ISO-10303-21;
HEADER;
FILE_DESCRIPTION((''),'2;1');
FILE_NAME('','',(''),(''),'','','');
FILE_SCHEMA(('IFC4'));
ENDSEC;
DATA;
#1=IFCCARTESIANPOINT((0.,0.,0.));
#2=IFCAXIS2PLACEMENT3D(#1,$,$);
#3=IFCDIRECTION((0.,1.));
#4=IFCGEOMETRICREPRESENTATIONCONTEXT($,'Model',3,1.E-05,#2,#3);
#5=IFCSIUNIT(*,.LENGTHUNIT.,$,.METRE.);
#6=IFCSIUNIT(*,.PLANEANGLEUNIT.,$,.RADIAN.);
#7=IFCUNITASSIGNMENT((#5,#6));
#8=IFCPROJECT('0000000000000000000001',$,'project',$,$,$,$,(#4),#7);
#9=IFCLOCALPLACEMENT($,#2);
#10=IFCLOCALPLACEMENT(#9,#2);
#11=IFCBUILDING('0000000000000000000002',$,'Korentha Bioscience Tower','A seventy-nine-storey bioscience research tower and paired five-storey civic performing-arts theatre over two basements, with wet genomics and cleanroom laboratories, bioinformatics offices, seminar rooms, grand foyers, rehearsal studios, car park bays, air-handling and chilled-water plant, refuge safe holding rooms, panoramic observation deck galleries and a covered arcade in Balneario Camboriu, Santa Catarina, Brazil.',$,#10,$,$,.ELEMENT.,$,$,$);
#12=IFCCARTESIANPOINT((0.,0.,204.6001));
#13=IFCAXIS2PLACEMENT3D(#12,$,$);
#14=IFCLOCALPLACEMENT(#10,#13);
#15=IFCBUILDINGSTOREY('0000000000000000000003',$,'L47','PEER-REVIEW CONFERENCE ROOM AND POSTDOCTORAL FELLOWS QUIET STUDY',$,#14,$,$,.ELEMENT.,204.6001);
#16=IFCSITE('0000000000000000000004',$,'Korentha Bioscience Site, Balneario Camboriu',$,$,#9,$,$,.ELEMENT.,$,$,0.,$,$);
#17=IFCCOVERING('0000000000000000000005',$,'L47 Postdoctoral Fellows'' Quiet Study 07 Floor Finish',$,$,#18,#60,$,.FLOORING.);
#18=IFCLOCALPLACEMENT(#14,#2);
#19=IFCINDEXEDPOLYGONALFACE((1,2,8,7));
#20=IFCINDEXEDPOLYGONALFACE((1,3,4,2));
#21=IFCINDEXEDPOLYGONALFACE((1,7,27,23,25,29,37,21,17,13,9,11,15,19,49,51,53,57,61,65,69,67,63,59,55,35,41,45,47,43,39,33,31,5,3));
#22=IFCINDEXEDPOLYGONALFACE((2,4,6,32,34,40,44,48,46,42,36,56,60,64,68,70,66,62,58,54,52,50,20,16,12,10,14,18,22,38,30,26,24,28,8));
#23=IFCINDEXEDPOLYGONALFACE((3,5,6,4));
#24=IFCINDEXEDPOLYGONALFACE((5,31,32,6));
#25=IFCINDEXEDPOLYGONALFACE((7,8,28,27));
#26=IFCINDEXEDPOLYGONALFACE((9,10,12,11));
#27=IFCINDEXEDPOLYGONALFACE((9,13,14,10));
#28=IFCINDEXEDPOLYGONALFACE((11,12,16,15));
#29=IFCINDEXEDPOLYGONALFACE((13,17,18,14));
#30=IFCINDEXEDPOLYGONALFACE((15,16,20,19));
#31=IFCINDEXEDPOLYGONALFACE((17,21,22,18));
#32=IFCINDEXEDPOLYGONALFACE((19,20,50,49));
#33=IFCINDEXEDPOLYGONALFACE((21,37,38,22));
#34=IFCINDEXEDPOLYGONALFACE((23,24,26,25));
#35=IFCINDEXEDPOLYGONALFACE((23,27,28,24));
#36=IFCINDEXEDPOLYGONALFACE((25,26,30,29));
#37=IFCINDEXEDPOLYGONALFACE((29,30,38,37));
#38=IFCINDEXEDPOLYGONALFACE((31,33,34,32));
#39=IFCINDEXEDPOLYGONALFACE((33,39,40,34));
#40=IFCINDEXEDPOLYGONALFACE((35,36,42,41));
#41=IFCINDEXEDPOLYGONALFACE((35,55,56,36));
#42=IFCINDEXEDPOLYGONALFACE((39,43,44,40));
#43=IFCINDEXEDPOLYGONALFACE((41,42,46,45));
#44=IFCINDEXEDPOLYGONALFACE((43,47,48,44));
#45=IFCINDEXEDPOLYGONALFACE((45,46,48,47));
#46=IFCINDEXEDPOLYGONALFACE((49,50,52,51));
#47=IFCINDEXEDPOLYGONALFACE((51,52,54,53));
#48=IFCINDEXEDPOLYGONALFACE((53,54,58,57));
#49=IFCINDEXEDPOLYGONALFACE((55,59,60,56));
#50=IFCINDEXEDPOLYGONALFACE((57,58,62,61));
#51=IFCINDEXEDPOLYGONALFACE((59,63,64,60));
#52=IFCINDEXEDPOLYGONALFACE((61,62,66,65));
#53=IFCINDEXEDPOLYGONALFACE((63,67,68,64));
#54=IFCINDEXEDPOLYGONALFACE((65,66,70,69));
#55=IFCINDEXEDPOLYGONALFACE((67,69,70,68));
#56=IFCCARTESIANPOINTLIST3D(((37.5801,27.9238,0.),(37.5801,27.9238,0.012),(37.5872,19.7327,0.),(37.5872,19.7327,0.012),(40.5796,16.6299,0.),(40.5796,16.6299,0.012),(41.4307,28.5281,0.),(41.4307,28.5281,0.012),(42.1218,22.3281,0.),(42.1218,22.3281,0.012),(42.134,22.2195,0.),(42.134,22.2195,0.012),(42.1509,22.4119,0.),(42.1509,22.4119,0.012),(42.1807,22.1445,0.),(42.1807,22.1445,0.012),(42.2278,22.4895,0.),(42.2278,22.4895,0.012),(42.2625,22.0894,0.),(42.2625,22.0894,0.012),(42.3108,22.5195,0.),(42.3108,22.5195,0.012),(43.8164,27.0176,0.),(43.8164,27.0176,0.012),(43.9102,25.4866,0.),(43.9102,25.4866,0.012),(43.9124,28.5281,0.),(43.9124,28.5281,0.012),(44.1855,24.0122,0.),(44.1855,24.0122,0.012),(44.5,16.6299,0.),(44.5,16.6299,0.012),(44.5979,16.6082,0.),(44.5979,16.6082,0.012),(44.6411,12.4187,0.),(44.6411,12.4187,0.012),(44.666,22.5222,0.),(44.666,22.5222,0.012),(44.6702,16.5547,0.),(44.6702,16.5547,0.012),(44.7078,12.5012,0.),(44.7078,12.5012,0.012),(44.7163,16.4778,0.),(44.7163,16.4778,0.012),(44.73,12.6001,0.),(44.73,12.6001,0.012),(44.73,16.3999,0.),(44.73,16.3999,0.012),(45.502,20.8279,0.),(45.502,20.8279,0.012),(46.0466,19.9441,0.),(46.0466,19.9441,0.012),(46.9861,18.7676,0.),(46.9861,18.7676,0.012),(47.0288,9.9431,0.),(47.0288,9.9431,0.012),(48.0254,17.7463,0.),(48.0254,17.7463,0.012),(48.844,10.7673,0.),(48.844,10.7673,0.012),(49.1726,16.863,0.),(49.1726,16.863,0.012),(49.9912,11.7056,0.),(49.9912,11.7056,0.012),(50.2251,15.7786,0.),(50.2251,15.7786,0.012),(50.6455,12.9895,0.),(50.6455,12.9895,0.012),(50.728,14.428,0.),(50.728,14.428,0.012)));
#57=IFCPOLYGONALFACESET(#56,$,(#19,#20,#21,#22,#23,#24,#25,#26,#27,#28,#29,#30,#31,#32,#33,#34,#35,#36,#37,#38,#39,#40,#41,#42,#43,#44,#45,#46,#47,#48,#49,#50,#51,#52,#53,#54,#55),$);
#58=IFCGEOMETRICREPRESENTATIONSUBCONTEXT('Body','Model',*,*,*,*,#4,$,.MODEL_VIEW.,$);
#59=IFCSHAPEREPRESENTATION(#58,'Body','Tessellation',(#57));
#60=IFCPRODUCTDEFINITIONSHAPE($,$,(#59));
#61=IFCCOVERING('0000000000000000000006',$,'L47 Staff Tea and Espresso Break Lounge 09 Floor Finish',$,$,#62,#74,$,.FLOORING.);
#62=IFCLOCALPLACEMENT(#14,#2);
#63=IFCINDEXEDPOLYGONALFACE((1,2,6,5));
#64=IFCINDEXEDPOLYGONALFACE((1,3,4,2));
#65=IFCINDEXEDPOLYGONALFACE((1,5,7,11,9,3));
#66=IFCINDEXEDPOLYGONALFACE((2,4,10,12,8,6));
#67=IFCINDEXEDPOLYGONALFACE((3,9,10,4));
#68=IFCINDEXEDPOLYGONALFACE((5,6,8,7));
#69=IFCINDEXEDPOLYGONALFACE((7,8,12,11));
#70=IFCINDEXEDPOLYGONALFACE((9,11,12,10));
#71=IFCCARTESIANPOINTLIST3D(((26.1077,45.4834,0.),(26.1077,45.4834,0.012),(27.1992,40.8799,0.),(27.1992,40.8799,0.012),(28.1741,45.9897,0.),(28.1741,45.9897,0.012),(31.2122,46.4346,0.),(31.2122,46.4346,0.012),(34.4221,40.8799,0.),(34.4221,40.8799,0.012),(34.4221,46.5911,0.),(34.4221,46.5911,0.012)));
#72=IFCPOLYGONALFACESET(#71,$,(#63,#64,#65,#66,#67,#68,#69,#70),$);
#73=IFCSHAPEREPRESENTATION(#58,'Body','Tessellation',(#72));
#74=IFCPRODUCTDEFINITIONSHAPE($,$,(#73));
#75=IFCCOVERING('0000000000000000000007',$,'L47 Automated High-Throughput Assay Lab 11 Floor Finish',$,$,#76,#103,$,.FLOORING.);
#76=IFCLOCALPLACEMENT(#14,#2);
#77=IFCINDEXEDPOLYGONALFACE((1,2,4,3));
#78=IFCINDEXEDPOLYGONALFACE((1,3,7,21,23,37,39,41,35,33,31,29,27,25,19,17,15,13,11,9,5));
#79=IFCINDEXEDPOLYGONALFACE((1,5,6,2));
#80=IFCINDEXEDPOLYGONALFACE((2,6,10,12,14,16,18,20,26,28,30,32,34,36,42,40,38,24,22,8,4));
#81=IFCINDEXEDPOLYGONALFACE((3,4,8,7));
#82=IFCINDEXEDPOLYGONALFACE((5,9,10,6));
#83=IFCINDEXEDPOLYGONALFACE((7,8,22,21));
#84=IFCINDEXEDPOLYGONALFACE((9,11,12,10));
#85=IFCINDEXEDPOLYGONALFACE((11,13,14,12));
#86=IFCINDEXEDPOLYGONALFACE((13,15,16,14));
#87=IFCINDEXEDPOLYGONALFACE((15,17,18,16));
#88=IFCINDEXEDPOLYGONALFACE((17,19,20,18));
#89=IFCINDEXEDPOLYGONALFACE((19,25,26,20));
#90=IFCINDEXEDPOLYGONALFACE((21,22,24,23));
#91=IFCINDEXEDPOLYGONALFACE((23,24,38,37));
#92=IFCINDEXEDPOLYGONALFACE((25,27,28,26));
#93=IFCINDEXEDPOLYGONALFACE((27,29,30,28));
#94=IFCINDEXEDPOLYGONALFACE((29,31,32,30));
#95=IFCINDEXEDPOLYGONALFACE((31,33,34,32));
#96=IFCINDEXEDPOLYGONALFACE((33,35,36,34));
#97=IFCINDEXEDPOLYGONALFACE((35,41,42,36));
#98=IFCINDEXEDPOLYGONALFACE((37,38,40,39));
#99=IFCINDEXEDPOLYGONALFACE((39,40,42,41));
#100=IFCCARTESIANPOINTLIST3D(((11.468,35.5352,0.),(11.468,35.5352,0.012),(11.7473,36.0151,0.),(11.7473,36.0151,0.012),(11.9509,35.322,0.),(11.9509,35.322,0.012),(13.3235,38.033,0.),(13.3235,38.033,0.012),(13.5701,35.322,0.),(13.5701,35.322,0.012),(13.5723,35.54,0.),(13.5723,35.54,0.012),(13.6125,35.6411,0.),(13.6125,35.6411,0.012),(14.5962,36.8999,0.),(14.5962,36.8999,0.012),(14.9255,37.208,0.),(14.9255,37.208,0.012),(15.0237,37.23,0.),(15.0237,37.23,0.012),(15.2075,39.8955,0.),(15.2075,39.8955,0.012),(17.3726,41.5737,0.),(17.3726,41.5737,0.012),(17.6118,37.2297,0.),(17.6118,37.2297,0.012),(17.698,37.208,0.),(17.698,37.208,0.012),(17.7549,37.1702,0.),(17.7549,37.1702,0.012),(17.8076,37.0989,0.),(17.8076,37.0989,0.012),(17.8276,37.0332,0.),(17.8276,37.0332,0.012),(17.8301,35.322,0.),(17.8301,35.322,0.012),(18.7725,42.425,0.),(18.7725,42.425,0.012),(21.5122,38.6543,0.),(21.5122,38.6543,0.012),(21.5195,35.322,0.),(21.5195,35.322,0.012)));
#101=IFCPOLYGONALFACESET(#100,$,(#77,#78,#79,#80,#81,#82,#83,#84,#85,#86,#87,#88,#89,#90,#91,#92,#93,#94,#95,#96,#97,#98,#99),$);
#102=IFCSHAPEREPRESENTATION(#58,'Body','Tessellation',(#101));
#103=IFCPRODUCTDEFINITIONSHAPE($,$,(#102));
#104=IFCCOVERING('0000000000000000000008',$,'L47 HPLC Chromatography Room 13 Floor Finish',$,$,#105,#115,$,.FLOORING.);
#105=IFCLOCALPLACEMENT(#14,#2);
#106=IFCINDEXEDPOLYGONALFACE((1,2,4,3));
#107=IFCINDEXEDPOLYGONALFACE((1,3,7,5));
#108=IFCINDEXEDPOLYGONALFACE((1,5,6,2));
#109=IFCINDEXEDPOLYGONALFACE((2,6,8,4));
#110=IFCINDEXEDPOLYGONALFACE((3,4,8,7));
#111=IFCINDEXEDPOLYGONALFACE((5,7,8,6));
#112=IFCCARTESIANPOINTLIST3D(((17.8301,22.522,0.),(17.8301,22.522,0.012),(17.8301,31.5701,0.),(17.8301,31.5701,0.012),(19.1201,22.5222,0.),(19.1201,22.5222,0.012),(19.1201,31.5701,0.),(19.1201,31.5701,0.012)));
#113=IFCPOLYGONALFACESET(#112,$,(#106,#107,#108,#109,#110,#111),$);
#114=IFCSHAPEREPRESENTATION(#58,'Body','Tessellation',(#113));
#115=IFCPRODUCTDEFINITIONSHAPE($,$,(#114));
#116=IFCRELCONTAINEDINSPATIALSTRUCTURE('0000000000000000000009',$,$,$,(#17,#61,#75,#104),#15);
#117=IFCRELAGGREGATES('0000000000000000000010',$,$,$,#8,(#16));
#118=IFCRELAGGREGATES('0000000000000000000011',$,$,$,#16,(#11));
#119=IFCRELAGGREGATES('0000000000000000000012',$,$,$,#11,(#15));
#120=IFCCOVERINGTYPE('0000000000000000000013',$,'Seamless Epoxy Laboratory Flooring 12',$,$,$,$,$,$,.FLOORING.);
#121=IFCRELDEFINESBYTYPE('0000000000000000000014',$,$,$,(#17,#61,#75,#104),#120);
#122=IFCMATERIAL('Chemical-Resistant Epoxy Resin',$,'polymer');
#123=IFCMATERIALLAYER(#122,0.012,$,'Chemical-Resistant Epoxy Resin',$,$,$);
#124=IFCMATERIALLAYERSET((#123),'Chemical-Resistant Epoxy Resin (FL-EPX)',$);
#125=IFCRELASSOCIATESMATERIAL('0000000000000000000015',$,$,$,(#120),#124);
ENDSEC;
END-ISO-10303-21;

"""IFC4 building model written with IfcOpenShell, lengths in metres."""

from ifc_helpers import new_model, si_unit, direction, frame, origin, place, context, subcontext, project, spatial, polyline, outline, extrude, material, layer, layer_set, type_object, element, save


model = new_model("IFC4")

# Units and contexts
model_context = context("Model", 3, precision=1e-05, world=origin(), true_north=direction((0.0, 1.0)))
body_context = subcontext(model_context, "Body", "Model", "MODEL_VIEW")
ifc_project = project(units=[si_unit("LENGTHUNIT", "METRE"), si_unit("PLANEANGLEUNIT", "RADIAN")], contexts=[model_context])

# Site, building, storey
site_placement = place(None, origin())
site = spatial("IfcSite", under=ifc_project, at=site_placement, Name="Korentha Bioscience Site, Balneario Camboriu", CompositionType="ELEMENT", RefElevation=0.0)
building_placement = place(site_placement, origin())
building = spatial("IfcBuilding", under=site, at=building_placement, Name="Korentha Bioscience Tower", Description="A seventy-nine-storey bioscience research tower and paired five-storey civic performing-arts theatre over two basements, with wet genomics and cleanroom laboratories, bioinformatics offices, seminar rooms, grand foyers, rehearsal studios, car park bays, air-handling and chilled-water plant, refuge safe holding rooms, panoramic observation deck galleries and a covered arcade in Balneario Camboriu, Santa Catarina, Brazil.", CompositionType="ELEMENT")
storey_placement = place(building_placement, frame((0.0, 0.0, 204.6001)))
storey = spatial("IfcBuildingStorey", under=building, at=storey_placement, Name="L47", Description="PEER-REVIEW CONFERENCE ROOM AND POSTDOCTORAL FELLOWS QUIET STUDY", CompositionType="ELEMENT", Elevation=204.6001)

# Coverings
ifc_material_1 = material(Name="Chemical-Resistant Epoxy Resin", Category="polymer")
ifc_layer_1 = layer(ifc_material_1, 0.012, Name="Chemical-Resistant Epoxy Resin")
ifc_layer_set_1 = layer_set([ifc_layer_1], Name="Chemical-Resistant Epoxy Resin (FL-EPX)")
covering_type_1 = type_object("IfcCoveringType", Name="Seamless Epoxy Laboratory Flooring 12", PredefinedType="FLOORING", material=ifc_layer_set_1)
covering_1_placement = place(storey_placement, origin())
element("IfcCovering", 1, at=covering_1_placement, inside=storey, type_object=covering_type_1, Name="L47 Postdoctoral Fellows' Quiet Study 07 Floor Finish", PredefinedType="FLOORING", context=body_context, shape_type="SweptSolid", body=[
    extrude(outline(polyline([(37.5872, 19.7327), (37.5801, 27.9238), (41.4307, 28.5281), (43.9124, 28.5281), (43.8164, 27.0176), (43.9102, 25.4866), (44.1855, 24.0122), (44.666, 22.5222), (42.3108, 22.5195), (42.2278, 22.4895), (42.1509, 22.4119), (42.1218, 22.3281), (42.134, 22.2195), (42.1807, 22.1445), (42.2625, 22.0894), (45.502, 20.8279), (46.0466, 19.9441), (46.9861, 18.7676), (48.0254, 17.7463), (49.1726, 16.863), (50.2251, 15.7786), (50.728, 14.428), (50.6455, 12.9895), (49.9912, 11.7056), (48.844, 10.7673), (47.0288, 9.9431), (44.6411, 12.4187), (44.7078, 12.5012), (44.73, 12.6001), (44.73, 16.3999), (44.7163, 16.4778), (44.6702, 16.5547), (44.5979, 16.6082), (44.5, 16.6299), (40.5796, 16.6299), (37.5872, 19.7327)])), origin(), (0.0, 0.0, 1.0), 0.012),
])
covering_2_placement = place(storey_placement, origin())
element("IfcCovering", 2, at=covering_2_placement, inside=storey, type_object=covering_type_1, Name="L47 Staff Tea and Espresso Break Lounge 09 Floor Finish", PredefinedType="FLOORING", context=body_context, shape_type="SweptSolid", body=[
    extrude(outline(polyline([(28.1741, 45.9897), (31.2122, 46.4346), (34.4221, 46.5911), (34.4221, 40.8799), (27.1992, 40.8799), (26.1077, 45.4834), (28.1741, 45.9897)])), origin(), (0.0, 0.0, 1.0), 0.012),
])
covering_3_placement = place(storey_placement, origin())
element("IfcCovering", 3, at=covering_3_placement, inside=storey, type_object=covering_type_1, Name="L47 Automated High-Throughput Assay Lab 11 Floor Finish", PredefinedType="FLOORING", context=body_context, shape_type="SweptSolid", body=[
    extrude(outline(polyline([(11.7473, 36.0151), (13.3235, 38.033), (15.2075, 39.8955), (17.3726, 41.5737), (18.7725, 42.425), (21.5122, 38.6543), (21.5195, 35.322), (17.8301, 35.322), (17.8276, 37.0332), (17.8076, 37.0989), (17.7549, 37.1702), (17.698, 37.208), (17.6118, 37.2297), (15.0237, 37.23), (14.9255, 37.208), (14.5962, 36.8999), (13.6125, 35.6411), (13.5723, 35.54), (13.5701, 35.322), (11.9509, 35.322), (11.468, 35.5352), (11.7473, 36.0151)])), origin(), (0.0, 0.0, 1.0), 0.012),
])
covering_4_placement = place(storey_placement, origin())
element("IfcCovering", 4, at=covering_4_placement, inside=storey, type_object=covering_type_1, Name="L47 HPLC Chromatography Room 13 Floor Finish", PredefinedType="FLOORING", context=body_context, shape_type="SweptSolid", body=[
    extrude(outline(polyline([(17.8301, 22.522), (17.8301, 31.5701), (19.1201, 31.5701), (19.1201, 22.5222), (17.8301, 22.522)])), origin(), (0.0, 0.0, 1.0), 0.012),
])

save(model, "model.ifc")
